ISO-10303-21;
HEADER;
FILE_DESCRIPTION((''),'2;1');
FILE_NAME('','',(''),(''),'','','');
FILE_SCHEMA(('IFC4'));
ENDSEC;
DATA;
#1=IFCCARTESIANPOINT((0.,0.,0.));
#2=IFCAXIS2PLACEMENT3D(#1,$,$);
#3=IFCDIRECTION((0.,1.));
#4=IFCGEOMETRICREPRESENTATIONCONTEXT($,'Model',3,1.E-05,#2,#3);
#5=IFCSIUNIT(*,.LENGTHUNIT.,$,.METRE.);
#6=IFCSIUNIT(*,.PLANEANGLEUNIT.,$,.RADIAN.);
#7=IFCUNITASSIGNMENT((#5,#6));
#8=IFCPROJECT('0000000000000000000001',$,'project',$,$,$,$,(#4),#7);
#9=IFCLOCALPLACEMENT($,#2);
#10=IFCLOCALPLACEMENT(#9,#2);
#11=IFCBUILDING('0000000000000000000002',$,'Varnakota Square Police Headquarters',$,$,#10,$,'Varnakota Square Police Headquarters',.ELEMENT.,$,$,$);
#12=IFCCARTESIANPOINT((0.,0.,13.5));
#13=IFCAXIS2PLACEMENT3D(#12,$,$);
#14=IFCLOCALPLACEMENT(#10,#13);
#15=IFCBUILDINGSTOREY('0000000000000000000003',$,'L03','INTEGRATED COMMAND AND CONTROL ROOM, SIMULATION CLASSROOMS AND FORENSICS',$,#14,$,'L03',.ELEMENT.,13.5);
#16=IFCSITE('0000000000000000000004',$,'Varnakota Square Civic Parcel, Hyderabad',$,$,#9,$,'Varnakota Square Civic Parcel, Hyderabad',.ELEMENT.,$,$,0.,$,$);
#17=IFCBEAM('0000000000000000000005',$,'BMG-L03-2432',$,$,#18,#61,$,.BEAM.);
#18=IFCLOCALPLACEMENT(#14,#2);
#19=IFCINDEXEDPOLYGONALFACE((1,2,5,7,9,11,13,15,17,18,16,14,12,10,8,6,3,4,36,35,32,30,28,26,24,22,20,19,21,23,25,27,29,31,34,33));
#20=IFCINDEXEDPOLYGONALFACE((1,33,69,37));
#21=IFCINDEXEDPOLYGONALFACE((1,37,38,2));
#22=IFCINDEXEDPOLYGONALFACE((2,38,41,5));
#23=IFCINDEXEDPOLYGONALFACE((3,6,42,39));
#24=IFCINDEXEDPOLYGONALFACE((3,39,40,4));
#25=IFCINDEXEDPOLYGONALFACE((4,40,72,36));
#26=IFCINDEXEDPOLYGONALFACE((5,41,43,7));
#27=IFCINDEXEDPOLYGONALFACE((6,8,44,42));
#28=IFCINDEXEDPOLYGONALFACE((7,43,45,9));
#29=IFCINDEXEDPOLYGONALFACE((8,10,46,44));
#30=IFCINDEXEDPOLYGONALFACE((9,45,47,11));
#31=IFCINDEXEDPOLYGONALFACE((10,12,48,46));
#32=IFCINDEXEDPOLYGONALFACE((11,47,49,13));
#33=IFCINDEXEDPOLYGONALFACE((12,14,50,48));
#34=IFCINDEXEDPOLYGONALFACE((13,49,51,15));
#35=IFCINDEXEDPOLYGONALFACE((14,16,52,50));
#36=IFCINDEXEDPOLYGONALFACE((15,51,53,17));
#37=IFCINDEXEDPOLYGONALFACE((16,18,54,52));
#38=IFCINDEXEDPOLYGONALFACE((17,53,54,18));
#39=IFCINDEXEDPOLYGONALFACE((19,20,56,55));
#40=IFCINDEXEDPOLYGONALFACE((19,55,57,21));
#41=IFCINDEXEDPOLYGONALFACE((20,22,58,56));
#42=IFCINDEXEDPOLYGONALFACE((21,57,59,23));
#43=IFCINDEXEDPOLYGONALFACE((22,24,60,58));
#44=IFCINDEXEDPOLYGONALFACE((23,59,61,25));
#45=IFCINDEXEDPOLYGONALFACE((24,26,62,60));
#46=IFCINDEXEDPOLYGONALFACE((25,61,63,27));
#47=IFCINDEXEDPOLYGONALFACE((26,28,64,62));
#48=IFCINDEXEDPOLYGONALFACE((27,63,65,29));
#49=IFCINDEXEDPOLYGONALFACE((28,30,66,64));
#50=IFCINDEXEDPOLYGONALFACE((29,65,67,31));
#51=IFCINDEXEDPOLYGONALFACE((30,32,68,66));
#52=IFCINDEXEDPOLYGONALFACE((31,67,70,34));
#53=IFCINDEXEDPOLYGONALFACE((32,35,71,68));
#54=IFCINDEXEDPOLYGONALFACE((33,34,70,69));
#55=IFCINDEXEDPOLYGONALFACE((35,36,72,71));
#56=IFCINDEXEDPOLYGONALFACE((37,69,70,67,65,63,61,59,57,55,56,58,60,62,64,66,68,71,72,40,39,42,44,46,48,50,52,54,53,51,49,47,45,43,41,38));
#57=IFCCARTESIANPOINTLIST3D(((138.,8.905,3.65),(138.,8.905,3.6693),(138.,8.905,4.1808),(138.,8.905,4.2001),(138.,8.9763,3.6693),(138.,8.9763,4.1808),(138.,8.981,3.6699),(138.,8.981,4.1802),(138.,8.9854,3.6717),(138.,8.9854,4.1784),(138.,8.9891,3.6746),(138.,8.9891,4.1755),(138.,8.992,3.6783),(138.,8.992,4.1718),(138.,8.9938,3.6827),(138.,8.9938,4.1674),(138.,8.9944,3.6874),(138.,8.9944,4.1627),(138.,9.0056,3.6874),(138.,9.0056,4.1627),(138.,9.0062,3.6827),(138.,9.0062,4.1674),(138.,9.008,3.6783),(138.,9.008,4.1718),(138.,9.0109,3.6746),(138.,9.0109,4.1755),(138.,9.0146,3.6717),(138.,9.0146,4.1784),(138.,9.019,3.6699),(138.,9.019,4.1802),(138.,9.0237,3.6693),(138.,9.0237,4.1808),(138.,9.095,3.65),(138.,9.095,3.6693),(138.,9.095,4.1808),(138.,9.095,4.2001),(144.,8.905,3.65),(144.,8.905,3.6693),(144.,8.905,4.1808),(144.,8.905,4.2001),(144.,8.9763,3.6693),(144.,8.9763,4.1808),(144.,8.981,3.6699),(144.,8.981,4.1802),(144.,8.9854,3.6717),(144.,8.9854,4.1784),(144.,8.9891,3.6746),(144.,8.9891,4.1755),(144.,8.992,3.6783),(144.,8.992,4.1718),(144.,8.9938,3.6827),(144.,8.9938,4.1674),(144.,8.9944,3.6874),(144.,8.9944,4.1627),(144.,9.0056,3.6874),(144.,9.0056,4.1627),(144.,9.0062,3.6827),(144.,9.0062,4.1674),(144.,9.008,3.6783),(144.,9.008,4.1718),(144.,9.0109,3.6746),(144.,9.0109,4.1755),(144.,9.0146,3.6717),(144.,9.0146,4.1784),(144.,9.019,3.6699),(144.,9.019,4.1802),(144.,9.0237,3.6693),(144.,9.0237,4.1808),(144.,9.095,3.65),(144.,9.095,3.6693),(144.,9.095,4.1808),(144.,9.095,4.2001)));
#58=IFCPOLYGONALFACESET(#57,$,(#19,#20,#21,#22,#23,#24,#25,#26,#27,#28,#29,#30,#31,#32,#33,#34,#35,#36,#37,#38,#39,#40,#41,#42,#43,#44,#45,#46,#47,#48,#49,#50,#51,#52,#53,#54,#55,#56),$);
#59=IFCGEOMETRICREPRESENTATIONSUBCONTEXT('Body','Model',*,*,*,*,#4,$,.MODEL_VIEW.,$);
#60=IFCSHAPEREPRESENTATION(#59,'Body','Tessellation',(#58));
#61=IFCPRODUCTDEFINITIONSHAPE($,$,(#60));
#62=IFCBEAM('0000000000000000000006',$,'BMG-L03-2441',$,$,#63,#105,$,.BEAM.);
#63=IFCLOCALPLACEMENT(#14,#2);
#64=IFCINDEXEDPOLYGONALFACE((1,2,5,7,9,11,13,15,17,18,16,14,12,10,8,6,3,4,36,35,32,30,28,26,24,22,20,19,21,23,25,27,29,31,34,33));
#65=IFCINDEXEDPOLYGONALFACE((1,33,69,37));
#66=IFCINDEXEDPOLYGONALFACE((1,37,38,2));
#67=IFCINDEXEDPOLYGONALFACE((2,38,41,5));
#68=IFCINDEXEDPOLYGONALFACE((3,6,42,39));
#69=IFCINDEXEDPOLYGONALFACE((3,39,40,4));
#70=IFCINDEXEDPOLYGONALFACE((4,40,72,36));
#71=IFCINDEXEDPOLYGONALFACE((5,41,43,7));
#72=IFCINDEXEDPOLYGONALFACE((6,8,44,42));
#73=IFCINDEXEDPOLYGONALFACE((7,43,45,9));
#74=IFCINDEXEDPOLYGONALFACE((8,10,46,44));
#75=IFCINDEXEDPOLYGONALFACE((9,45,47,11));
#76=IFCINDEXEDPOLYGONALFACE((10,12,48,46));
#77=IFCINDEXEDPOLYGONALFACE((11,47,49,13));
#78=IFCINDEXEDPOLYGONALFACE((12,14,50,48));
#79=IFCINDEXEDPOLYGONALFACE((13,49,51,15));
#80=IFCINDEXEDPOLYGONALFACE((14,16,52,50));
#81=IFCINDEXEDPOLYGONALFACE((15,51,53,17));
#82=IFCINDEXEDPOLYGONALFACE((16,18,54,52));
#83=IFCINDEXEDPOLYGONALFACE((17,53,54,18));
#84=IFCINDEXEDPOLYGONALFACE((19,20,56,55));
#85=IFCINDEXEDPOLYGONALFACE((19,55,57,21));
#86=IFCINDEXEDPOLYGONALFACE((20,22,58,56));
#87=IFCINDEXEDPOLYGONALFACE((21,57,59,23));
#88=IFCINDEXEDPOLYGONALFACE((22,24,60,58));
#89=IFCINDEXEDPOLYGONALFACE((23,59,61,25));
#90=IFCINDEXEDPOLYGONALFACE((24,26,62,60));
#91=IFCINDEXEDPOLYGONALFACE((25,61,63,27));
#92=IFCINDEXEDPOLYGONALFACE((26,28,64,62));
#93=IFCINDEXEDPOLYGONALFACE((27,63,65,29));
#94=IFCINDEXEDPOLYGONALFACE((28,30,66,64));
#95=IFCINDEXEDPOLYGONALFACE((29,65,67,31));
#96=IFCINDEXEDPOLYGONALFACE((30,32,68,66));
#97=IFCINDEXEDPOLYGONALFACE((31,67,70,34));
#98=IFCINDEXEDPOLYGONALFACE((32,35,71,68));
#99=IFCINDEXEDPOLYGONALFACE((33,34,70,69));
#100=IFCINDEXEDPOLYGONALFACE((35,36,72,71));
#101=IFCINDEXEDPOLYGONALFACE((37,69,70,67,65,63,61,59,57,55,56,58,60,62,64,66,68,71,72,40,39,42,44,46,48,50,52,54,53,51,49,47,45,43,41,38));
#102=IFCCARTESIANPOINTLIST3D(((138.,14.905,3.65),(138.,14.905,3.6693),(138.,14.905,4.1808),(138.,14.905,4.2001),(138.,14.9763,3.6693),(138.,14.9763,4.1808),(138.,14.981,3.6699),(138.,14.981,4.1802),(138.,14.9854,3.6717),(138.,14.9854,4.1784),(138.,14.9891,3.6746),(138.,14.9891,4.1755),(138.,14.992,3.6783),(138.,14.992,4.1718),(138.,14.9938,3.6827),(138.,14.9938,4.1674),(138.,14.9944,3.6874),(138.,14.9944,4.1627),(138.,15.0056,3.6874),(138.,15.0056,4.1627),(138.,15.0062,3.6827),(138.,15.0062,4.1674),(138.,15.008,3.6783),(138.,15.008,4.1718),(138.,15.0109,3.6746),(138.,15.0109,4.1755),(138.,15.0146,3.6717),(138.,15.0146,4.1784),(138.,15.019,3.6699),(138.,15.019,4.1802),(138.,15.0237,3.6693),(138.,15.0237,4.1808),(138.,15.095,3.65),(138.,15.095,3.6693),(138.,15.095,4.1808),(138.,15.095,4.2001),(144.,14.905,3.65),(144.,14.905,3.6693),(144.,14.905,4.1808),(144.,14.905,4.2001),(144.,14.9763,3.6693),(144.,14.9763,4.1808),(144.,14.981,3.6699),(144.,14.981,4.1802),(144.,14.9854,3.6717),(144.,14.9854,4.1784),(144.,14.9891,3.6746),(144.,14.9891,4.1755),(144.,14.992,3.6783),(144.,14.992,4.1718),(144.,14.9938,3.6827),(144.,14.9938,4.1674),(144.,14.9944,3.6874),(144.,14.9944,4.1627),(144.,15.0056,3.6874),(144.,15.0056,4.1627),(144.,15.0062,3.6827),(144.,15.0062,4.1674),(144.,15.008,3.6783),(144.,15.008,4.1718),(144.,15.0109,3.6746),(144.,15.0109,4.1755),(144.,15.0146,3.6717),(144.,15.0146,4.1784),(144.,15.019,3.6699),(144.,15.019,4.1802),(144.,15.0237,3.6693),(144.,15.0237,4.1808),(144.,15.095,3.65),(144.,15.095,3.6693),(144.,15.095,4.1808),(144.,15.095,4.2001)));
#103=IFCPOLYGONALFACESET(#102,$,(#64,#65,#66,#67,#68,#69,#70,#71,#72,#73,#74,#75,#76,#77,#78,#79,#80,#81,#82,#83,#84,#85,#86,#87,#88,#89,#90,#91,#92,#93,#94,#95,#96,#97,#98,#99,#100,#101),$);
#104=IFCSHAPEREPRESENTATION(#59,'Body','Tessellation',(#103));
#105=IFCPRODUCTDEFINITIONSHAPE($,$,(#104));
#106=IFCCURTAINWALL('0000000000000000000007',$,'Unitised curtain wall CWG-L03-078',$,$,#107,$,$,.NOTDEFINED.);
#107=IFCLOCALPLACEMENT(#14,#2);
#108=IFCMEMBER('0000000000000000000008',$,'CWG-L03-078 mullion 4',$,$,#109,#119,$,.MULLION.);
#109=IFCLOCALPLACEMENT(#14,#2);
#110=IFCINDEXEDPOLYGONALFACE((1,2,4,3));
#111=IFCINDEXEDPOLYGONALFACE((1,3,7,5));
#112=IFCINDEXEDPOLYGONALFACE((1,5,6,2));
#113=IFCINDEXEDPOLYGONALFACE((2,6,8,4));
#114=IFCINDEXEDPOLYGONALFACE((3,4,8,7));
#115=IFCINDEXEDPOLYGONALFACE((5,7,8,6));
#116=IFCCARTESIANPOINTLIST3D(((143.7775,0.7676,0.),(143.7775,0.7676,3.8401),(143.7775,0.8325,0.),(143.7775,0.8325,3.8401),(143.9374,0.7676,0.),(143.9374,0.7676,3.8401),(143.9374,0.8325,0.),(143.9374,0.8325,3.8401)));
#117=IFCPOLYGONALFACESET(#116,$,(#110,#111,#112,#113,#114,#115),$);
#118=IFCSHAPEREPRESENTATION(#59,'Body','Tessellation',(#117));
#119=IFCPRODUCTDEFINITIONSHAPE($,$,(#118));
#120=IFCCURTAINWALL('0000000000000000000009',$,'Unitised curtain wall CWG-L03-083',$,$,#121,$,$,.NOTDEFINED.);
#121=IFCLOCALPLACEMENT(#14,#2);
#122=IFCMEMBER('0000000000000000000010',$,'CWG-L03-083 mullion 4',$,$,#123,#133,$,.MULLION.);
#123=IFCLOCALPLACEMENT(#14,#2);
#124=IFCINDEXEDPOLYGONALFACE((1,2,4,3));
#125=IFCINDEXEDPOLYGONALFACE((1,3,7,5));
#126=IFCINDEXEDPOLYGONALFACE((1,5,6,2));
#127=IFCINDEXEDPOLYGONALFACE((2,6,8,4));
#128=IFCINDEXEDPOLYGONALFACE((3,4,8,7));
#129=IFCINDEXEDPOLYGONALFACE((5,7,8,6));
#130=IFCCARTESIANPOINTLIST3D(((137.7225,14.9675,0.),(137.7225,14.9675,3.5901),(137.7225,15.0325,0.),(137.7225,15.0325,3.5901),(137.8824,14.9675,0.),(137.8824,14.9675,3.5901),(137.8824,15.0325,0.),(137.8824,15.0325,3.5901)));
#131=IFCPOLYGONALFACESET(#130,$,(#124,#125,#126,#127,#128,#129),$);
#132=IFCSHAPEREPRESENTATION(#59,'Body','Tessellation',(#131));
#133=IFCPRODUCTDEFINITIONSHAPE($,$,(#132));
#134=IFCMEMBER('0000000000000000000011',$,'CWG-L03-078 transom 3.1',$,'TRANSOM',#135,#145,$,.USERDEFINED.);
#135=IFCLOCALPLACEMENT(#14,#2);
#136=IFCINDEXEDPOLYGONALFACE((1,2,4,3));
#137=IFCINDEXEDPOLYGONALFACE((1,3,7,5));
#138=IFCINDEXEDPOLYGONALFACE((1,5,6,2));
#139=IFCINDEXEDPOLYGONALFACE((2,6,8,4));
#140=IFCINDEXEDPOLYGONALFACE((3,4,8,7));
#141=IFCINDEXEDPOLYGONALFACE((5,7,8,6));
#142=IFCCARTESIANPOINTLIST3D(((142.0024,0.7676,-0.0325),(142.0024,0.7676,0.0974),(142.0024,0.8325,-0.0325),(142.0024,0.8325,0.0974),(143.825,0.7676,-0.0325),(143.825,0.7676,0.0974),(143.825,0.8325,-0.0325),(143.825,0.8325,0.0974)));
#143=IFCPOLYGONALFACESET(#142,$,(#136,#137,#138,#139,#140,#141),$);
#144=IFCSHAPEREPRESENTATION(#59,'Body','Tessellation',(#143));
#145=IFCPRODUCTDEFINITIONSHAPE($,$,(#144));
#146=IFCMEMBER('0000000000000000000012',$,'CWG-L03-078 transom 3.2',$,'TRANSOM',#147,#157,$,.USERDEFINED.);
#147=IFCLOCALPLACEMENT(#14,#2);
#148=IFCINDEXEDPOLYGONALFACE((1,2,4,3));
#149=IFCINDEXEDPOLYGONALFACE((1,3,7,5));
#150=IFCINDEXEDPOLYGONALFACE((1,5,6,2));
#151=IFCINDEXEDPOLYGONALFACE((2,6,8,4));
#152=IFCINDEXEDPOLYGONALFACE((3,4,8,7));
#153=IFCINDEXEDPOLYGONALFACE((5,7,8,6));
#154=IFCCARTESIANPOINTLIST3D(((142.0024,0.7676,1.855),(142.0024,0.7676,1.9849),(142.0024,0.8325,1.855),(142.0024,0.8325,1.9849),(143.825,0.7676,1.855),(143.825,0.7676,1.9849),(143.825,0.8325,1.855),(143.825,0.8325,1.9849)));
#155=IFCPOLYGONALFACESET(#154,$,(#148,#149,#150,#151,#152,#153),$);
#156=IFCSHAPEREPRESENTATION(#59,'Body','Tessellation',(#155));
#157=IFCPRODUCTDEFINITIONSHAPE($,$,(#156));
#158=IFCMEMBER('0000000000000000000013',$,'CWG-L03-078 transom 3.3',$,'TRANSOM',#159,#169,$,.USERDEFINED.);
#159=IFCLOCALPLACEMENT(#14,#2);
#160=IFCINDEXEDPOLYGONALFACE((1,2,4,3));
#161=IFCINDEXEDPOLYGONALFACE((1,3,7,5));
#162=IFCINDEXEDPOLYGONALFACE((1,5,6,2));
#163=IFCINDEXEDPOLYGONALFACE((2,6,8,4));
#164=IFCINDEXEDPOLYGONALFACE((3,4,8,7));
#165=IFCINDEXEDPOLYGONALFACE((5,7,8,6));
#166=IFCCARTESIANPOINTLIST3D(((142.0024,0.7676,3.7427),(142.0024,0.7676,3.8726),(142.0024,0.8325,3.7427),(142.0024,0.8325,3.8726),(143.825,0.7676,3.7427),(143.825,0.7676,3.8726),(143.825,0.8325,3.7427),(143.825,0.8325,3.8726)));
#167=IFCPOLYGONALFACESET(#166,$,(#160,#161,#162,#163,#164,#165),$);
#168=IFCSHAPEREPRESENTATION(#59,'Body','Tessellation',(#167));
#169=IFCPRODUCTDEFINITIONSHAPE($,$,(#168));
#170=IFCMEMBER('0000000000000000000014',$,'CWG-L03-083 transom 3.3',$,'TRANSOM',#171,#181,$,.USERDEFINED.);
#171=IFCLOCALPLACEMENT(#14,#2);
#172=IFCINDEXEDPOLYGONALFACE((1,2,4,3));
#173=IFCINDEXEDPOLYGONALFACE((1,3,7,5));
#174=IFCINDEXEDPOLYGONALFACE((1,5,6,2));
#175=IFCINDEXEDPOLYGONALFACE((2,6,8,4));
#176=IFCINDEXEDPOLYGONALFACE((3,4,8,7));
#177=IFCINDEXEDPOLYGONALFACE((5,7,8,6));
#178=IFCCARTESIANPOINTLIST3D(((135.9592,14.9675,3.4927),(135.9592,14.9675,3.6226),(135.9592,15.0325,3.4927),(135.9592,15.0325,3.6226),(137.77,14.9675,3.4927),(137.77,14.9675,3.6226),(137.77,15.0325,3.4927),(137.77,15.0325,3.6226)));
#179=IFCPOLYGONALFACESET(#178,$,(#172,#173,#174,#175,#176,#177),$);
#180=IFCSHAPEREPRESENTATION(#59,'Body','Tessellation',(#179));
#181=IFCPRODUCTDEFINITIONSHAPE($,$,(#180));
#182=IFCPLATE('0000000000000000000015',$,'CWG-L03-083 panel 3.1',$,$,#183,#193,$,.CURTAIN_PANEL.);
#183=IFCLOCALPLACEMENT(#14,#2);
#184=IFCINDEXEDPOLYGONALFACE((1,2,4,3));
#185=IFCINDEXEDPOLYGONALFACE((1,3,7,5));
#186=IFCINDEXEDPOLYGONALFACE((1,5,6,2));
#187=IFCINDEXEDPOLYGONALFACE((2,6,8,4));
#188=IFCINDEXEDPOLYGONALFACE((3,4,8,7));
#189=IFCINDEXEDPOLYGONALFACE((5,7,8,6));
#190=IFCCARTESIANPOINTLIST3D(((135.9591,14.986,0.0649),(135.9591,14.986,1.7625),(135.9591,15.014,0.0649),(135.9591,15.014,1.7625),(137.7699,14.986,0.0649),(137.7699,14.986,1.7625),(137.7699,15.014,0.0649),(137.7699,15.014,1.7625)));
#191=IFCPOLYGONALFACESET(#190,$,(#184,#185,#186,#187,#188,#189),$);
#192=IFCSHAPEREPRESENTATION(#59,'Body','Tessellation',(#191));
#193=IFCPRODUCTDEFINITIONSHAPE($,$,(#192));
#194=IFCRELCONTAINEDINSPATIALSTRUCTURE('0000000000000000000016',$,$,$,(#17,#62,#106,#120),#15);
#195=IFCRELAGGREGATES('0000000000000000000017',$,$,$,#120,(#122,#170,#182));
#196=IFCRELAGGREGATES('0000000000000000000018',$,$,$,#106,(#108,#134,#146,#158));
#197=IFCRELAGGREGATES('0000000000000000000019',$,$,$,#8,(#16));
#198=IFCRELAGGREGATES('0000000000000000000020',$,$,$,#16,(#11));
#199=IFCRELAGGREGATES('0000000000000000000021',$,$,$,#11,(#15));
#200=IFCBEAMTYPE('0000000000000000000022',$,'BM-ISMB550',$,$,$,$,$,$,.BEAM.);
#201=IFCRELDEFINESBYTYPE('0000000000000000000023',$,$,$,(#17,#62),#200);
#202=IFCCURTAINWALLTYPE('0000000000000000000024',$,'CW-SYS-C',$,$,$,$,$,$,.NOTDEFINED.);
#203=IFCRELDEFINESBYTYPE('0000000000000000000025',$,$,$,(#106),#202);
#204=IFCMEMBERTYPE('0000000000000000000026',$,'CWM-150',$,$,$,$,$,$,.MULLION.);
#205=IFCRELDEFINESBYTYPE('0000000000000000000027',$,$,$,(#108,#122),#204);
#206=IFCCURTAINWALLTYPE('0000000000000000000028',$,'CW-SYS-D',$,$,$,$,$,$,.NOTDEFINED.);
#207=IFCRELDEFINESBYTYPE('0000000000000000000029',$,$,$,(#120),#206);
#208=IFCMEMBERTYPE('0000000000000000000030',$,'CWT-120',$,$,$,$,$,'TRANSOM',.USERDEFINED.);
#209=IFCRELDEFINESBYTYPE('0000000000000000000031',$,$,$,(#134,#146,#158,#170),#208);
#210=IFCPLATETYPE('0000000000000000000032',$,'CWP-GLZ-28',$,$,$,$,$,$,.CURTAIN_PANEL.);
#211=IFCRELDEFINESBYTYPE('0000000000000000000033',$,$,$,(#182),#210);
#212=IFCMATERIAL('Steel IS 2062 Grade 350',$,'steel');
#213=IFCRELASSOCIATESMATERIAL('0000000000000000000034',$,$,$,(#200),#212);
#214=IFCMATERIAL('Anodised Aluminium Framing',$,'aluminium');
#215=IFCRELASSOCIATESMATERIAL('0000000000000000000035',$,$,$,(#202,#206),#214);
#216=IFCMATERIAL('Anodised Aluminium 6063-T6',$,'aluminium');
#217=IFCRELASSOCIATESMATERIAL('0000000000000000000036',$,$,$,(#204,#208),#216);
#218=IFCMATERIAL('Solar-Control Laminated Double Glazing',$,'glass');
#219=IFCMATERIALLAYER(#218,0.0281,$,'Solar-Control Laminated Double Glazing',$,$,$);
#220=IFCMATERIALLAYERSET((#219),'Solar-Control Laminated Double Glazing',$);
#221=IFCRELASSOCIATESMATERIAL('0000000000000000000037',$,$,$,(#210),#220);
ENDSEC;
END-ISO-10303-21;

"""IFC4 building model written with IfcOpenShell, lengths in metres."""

from ifc_helpers import new_model, si_unit, direction, frame, origin, origin_2d, place, context, subcontext, project, spatial, rectangle, i_section, extrude, material, layer, layer_set, material_profile, profile_set, type_object, element, aggregate, save


model = new_model("IFC4")

# Units and contexts
model_context = context("Model", 3, precision=1e-05, world=origin(), true_north=direction((0.0, 1.0)))
body_context = subcontext(model_context, "Body", "Model", "MODEL_VIEW")
ifc_project = project(units=[si_unit("LENGTHUNIT", "METRE"), si_unit("PLANEANGLEUNIT", "RADIAN")], contexts=[model_context])

# Site, building, storey
site_placement = place(None, origin())
site = spatial("IfcSite", under=ifc_project, at=site_placement, Name="Varnakota Square Civic Parcel, Hyderabad", LongName="Varnakota Square Civic Parcel, Hyderabad", CompositionType="ELEMENT", RefElevation=0.0)
building_placement = place(site_placement, origin())
building = spatial("IfcBuilding", under=site, at=building_placement, Name="Varnakota Square Police Headquarters", LongName="Varnakota Square Police Headquarters", CompositionType="ELEMENT")
storey_placement = place(building_placement, frame((0.0, 0.0, 13.5)))
storey = spatial("IfcBuildingStorey", under=building, at=storey_placement, Name="L03", Description="INTEGRATED COMMAND AND CONTROL ROOM, SIMULATION CLASSROOMS AND FORENSICS", LongName="L03", CompositionType="ELEMENT", Elevation=13.5)

# Shared definitions
ifc_material_1 = material(Name="Steel IS 2062 Grade 350", Category="steel")

# Beams
ifc_material_profile_1 = material_profile(ifc_material_1, i_section(OverallWidth=0.1899, OverallDepth=0.55, WebThickness=0.0112, FlangeThickness=0.0193, FilletRadius=0.0181, at=origin_2d()), Name="ISMB 550")
ifc_profile_set_1 = profile_set([ifc_material_profile_1], Name="Steel IS 2062 Grade 350")
beam_type_1 = type_object("IfcBeamType", Name="BM-ISMB550", PredefinedType="BEAM", material=ifc_profile_set_1)
for number, where, z_axis, x_axis, name in (
    (1, (138.0, 9.0, 3.925), (1.0, 0.0, 0.0), (0.0, 1.0, 0.0), "BMG-L03-2432"),
    (2, (138.0, 15.0, 3.925), (1.0, 0.0, 0.0), (0.0, 1.0, 0.0), "BMG-L03-2441"),
):
    element("IfcBeam", number, at=place(storey_placement, frame(where, z_axis=z_axis, x_axis=x_axis)), inside=storey, type_object=beam_type_1, Name=name, PredefinedType="BEAM", context=body_context, shape_type="SweptSolid", body=[
        extrude(i_section(OverallWidth=0.1899, OverallDepth=0.55, WebThickness=0.0112, FlangeThickness=0.0193, FilletRadius=0.0181, at=origin_2d()), origin(), (0.0, 0.0, 1.0), 6.0),
    ])

# Curtain walls, members
ifc_material_2 = material(Name="Anodised Aluminium Framing", Category="aluminium")
curtain_wall_type_1 = type_object("IfcCurtainWallType", Name="CW-SYS-C", PredefinedType="NOTDEFINED", material=ifc_material_2)
curtain_wall_1_placement = place(storey_placement, origin())
curtain_wall_1 = element("IfcCurtainWall", 3, at=curtain_wall_1_placement, inside=storey, type_object=curtain_wall_type_1, Name="Unitised curtain wall CWG-L03-078", PredefinedType="NOTDEFINED")
ifc_material_3 = material(Name="Anodised Aluminium 6063-T6", Category="aluminium")
ifc_material_profile_2 = material_profile(ifc_material_3, rectangle(XDim=0.0649, YDim=0.1599, at=origin_2d()), Name="ALU MULLION 65x160")
ifc_profile_set_2 = profile_set([ifc_material_profile_2], Name="Anodised Aluminium 6063-T6")
member_type_1 = type_object("IfcMemberType", Name="CWM-150", PredefinedType="MULLION", material=ifc_profile_set_2)
member_1_placement = place(storey_placement, frame((143.8574, 0.8, 0.0), z_axis=(0.0, 0.0, 1.0), x_axis=(0.0, 1.0, 0.0)))
member_1 = element("IfcMember", 4, at=member_1_placement, type_object=member_type_1, Name="CWG-L03-078 mullion 4", PredefinedType="MULLION", context=body_context, shape_type="SweptSolid", body=[
    extrude(rectangle(XDim=0.0649, YDim=0.1599, at=origin_2d()), origin(), (0.0, 0.0, 1.0), 3.8401),
])
curtain_wall_type_2 = type_object("IfcCurtainWallType", Name="CW-SYS-D", PredefinedType="NOTDEFINED", material=ifc_material_2)
curtain_wall_2_placement = place(storey_placement, origin())
curtain_wall_2 = element("IfcCurtainWall", 5, at=curtain_wall_2_placement, inside=storey, type_object=curtain_wall_type_2, Name="Unitised curtain wall CWG-L03-083", PredefinedType="NOTDEFINED")
member_2_placement = place(storey_placement, frame((137.8025, 15.0, 0.0), z_axis=(0.0, 0.0, 1.0), x_axis=(0.0, 1.0, 0.0)))
member_2 = element("IfcMember", 6, at=member_2_placement, type_object=member_type_1, Name="CWG-L03-083 mullion 4", PredefinedType="MULLION", context=body_context, shape_type="SweptSolid", body=[
    extrude(rectangle(XDim=0.0649, YDim=0.1599, at=origin_2d()), origin(), (0.0, 0.0, 1.0), 3.5901),
])

# Members
ifc_material_profile_3 = material_profile(ifc_material_3, rectangle(XDim=0.0649, YDim=0.1299, at=origin_2d()), Name="ALU TRANSOM 65x130")
ifc_profile_set_3 = profile_set([ifc_material_profile_3], Name="Anodised Aluminium 6063-T6")
member_type_2 = type_object("IfcMemberType", Name="CWT-120", ElementType="TRANSOM", PredefinedType="USERDEFINED", material=ifc_profile_set_3)
member_3_placement = place(storey_placement, frame((142.0024, 0.8, 0.0325), z_axis=(1.0, 0.0, 0.0), x_axis=(0.0, 1.0, 0.0)))
member_3 = element("IfcMember", 7, at=member_3_placement, type_object=member_type_2, Name="CWG-L03-078 transom 3.1", ObjectType="TRANSOM", PredefinedType="USERDEFINED", context=body_context, shape_type="SweptSolid", body=[
    extrude(rectangle(XDim=0.0649, YDim=0.1299, at=origin_2d()), origin(), (0.0, 0.0, 1.0), 1.8225),
])
member_4_placement = place(storey_placement, frame((142.0024, 0.8, 1.9199), z_axis=(1.0, 0.0, 0.0), x_axis=(0.0, 1.0, 0.0)))
member_4 = element("IfcMember", 8, at=member_4_placement, type_object=member_type_2, Name="CWG-L03-078 transom 3.2", ObjectType="TRANSOM", PredefinedType="USERDEFINED", context=body_context, shape_type="SweptSolid", body=[
    extrude(rectangle(XDim=0.0649, YDim=0.1299, at=origin_2d()), origin(), (0.0, 0.0, 1.0), 1.8225),
])
member_5_placement = place(storey_placement, frame((142.0024, 0.8, 3.8076), z_axis=(1.0, 0.0, 0.0), x_axis=(0.0, 1.0, 0.0)))
member_5 = element("IfcMember", 9, at=member_5_placement, type_object=member_type_2, Name="CWG-L03-078 transom 3.3", ObjectType="TRANSOM", PredefinedType="USERDEFINED", context=body_context, shape_type="SweptSolid", body=[
    extrude(rectangle(XDim=0.0649, YDim=0.1299, at=origin_2d()), origin(), (0.0, 0.0, 1.0), 1.8225),
])
member_6_placement = place(storey_placement, frame((135.9592, 15.0, 3.5576), z_axis=(1.0, 0.0, 0.0), x_axis=(0.0, 1.0, 0.0)))
member_6 = element("IfcMember", 10, at=member_6_placement, type_object=member_type_2, Name="CWG-L03-083 transom 3.3", ObjectType="TRANSOM", PredefinedType="USERDEFINED", context=body_context, shape_type="SweptSolid", body=[
    extrude(rectangle(XDim=0.0649, YDim=0.1299, at=origin_2d()), origin(), (0.0, 0.0, 1.0), 1.8108),
])

# Plate
ifc_material_4 = material(Name="Solar-Control Laminated Double Glazing", Category="glass")
ifc_layer_1 = layer(ifc_material_4, 0.0281, Name="Solar-Control Laminated Double Glazing")
ifc_layer_set_1 = layer_set([ifc_layer_1], Name="Solar-Control Laminated Double Glazing")
plate_type_1 = type_object("IfcPlateType", Name="CWP-GLZ-28", PredefinedType="CURTAIN_PANEL", material=ifc_layer_set_1)
plate_1_placement = place(storey_placement, frame((136.8645, 15.0, 0.0649), z_axis=(0.0, 0.0, 1.0), x_axis=(1.0, 0.0, 0.0)))
plate_1 = element("IfcPlate", 11, at=plate_1_placement, type_object=plate_type_1, Name="CWG-L03-083 panel 3.1", PredefinedType="CURTAIN_PANEL", context=body_context, shape_type="SweptSolid", body=[
    extrude(rectangle(XDim=1.8108, YDim=0.0281, at=origin_2d()), origin(), (0.0, 0.0, 1.0), 1.6975),
])
aggregate(curtain_wall_2, [member_2, member_6, plate_1])
aggregate(curtain_wall_1, [member_1, member_3, member_4, member_5])

save(model, "model.ifc")
